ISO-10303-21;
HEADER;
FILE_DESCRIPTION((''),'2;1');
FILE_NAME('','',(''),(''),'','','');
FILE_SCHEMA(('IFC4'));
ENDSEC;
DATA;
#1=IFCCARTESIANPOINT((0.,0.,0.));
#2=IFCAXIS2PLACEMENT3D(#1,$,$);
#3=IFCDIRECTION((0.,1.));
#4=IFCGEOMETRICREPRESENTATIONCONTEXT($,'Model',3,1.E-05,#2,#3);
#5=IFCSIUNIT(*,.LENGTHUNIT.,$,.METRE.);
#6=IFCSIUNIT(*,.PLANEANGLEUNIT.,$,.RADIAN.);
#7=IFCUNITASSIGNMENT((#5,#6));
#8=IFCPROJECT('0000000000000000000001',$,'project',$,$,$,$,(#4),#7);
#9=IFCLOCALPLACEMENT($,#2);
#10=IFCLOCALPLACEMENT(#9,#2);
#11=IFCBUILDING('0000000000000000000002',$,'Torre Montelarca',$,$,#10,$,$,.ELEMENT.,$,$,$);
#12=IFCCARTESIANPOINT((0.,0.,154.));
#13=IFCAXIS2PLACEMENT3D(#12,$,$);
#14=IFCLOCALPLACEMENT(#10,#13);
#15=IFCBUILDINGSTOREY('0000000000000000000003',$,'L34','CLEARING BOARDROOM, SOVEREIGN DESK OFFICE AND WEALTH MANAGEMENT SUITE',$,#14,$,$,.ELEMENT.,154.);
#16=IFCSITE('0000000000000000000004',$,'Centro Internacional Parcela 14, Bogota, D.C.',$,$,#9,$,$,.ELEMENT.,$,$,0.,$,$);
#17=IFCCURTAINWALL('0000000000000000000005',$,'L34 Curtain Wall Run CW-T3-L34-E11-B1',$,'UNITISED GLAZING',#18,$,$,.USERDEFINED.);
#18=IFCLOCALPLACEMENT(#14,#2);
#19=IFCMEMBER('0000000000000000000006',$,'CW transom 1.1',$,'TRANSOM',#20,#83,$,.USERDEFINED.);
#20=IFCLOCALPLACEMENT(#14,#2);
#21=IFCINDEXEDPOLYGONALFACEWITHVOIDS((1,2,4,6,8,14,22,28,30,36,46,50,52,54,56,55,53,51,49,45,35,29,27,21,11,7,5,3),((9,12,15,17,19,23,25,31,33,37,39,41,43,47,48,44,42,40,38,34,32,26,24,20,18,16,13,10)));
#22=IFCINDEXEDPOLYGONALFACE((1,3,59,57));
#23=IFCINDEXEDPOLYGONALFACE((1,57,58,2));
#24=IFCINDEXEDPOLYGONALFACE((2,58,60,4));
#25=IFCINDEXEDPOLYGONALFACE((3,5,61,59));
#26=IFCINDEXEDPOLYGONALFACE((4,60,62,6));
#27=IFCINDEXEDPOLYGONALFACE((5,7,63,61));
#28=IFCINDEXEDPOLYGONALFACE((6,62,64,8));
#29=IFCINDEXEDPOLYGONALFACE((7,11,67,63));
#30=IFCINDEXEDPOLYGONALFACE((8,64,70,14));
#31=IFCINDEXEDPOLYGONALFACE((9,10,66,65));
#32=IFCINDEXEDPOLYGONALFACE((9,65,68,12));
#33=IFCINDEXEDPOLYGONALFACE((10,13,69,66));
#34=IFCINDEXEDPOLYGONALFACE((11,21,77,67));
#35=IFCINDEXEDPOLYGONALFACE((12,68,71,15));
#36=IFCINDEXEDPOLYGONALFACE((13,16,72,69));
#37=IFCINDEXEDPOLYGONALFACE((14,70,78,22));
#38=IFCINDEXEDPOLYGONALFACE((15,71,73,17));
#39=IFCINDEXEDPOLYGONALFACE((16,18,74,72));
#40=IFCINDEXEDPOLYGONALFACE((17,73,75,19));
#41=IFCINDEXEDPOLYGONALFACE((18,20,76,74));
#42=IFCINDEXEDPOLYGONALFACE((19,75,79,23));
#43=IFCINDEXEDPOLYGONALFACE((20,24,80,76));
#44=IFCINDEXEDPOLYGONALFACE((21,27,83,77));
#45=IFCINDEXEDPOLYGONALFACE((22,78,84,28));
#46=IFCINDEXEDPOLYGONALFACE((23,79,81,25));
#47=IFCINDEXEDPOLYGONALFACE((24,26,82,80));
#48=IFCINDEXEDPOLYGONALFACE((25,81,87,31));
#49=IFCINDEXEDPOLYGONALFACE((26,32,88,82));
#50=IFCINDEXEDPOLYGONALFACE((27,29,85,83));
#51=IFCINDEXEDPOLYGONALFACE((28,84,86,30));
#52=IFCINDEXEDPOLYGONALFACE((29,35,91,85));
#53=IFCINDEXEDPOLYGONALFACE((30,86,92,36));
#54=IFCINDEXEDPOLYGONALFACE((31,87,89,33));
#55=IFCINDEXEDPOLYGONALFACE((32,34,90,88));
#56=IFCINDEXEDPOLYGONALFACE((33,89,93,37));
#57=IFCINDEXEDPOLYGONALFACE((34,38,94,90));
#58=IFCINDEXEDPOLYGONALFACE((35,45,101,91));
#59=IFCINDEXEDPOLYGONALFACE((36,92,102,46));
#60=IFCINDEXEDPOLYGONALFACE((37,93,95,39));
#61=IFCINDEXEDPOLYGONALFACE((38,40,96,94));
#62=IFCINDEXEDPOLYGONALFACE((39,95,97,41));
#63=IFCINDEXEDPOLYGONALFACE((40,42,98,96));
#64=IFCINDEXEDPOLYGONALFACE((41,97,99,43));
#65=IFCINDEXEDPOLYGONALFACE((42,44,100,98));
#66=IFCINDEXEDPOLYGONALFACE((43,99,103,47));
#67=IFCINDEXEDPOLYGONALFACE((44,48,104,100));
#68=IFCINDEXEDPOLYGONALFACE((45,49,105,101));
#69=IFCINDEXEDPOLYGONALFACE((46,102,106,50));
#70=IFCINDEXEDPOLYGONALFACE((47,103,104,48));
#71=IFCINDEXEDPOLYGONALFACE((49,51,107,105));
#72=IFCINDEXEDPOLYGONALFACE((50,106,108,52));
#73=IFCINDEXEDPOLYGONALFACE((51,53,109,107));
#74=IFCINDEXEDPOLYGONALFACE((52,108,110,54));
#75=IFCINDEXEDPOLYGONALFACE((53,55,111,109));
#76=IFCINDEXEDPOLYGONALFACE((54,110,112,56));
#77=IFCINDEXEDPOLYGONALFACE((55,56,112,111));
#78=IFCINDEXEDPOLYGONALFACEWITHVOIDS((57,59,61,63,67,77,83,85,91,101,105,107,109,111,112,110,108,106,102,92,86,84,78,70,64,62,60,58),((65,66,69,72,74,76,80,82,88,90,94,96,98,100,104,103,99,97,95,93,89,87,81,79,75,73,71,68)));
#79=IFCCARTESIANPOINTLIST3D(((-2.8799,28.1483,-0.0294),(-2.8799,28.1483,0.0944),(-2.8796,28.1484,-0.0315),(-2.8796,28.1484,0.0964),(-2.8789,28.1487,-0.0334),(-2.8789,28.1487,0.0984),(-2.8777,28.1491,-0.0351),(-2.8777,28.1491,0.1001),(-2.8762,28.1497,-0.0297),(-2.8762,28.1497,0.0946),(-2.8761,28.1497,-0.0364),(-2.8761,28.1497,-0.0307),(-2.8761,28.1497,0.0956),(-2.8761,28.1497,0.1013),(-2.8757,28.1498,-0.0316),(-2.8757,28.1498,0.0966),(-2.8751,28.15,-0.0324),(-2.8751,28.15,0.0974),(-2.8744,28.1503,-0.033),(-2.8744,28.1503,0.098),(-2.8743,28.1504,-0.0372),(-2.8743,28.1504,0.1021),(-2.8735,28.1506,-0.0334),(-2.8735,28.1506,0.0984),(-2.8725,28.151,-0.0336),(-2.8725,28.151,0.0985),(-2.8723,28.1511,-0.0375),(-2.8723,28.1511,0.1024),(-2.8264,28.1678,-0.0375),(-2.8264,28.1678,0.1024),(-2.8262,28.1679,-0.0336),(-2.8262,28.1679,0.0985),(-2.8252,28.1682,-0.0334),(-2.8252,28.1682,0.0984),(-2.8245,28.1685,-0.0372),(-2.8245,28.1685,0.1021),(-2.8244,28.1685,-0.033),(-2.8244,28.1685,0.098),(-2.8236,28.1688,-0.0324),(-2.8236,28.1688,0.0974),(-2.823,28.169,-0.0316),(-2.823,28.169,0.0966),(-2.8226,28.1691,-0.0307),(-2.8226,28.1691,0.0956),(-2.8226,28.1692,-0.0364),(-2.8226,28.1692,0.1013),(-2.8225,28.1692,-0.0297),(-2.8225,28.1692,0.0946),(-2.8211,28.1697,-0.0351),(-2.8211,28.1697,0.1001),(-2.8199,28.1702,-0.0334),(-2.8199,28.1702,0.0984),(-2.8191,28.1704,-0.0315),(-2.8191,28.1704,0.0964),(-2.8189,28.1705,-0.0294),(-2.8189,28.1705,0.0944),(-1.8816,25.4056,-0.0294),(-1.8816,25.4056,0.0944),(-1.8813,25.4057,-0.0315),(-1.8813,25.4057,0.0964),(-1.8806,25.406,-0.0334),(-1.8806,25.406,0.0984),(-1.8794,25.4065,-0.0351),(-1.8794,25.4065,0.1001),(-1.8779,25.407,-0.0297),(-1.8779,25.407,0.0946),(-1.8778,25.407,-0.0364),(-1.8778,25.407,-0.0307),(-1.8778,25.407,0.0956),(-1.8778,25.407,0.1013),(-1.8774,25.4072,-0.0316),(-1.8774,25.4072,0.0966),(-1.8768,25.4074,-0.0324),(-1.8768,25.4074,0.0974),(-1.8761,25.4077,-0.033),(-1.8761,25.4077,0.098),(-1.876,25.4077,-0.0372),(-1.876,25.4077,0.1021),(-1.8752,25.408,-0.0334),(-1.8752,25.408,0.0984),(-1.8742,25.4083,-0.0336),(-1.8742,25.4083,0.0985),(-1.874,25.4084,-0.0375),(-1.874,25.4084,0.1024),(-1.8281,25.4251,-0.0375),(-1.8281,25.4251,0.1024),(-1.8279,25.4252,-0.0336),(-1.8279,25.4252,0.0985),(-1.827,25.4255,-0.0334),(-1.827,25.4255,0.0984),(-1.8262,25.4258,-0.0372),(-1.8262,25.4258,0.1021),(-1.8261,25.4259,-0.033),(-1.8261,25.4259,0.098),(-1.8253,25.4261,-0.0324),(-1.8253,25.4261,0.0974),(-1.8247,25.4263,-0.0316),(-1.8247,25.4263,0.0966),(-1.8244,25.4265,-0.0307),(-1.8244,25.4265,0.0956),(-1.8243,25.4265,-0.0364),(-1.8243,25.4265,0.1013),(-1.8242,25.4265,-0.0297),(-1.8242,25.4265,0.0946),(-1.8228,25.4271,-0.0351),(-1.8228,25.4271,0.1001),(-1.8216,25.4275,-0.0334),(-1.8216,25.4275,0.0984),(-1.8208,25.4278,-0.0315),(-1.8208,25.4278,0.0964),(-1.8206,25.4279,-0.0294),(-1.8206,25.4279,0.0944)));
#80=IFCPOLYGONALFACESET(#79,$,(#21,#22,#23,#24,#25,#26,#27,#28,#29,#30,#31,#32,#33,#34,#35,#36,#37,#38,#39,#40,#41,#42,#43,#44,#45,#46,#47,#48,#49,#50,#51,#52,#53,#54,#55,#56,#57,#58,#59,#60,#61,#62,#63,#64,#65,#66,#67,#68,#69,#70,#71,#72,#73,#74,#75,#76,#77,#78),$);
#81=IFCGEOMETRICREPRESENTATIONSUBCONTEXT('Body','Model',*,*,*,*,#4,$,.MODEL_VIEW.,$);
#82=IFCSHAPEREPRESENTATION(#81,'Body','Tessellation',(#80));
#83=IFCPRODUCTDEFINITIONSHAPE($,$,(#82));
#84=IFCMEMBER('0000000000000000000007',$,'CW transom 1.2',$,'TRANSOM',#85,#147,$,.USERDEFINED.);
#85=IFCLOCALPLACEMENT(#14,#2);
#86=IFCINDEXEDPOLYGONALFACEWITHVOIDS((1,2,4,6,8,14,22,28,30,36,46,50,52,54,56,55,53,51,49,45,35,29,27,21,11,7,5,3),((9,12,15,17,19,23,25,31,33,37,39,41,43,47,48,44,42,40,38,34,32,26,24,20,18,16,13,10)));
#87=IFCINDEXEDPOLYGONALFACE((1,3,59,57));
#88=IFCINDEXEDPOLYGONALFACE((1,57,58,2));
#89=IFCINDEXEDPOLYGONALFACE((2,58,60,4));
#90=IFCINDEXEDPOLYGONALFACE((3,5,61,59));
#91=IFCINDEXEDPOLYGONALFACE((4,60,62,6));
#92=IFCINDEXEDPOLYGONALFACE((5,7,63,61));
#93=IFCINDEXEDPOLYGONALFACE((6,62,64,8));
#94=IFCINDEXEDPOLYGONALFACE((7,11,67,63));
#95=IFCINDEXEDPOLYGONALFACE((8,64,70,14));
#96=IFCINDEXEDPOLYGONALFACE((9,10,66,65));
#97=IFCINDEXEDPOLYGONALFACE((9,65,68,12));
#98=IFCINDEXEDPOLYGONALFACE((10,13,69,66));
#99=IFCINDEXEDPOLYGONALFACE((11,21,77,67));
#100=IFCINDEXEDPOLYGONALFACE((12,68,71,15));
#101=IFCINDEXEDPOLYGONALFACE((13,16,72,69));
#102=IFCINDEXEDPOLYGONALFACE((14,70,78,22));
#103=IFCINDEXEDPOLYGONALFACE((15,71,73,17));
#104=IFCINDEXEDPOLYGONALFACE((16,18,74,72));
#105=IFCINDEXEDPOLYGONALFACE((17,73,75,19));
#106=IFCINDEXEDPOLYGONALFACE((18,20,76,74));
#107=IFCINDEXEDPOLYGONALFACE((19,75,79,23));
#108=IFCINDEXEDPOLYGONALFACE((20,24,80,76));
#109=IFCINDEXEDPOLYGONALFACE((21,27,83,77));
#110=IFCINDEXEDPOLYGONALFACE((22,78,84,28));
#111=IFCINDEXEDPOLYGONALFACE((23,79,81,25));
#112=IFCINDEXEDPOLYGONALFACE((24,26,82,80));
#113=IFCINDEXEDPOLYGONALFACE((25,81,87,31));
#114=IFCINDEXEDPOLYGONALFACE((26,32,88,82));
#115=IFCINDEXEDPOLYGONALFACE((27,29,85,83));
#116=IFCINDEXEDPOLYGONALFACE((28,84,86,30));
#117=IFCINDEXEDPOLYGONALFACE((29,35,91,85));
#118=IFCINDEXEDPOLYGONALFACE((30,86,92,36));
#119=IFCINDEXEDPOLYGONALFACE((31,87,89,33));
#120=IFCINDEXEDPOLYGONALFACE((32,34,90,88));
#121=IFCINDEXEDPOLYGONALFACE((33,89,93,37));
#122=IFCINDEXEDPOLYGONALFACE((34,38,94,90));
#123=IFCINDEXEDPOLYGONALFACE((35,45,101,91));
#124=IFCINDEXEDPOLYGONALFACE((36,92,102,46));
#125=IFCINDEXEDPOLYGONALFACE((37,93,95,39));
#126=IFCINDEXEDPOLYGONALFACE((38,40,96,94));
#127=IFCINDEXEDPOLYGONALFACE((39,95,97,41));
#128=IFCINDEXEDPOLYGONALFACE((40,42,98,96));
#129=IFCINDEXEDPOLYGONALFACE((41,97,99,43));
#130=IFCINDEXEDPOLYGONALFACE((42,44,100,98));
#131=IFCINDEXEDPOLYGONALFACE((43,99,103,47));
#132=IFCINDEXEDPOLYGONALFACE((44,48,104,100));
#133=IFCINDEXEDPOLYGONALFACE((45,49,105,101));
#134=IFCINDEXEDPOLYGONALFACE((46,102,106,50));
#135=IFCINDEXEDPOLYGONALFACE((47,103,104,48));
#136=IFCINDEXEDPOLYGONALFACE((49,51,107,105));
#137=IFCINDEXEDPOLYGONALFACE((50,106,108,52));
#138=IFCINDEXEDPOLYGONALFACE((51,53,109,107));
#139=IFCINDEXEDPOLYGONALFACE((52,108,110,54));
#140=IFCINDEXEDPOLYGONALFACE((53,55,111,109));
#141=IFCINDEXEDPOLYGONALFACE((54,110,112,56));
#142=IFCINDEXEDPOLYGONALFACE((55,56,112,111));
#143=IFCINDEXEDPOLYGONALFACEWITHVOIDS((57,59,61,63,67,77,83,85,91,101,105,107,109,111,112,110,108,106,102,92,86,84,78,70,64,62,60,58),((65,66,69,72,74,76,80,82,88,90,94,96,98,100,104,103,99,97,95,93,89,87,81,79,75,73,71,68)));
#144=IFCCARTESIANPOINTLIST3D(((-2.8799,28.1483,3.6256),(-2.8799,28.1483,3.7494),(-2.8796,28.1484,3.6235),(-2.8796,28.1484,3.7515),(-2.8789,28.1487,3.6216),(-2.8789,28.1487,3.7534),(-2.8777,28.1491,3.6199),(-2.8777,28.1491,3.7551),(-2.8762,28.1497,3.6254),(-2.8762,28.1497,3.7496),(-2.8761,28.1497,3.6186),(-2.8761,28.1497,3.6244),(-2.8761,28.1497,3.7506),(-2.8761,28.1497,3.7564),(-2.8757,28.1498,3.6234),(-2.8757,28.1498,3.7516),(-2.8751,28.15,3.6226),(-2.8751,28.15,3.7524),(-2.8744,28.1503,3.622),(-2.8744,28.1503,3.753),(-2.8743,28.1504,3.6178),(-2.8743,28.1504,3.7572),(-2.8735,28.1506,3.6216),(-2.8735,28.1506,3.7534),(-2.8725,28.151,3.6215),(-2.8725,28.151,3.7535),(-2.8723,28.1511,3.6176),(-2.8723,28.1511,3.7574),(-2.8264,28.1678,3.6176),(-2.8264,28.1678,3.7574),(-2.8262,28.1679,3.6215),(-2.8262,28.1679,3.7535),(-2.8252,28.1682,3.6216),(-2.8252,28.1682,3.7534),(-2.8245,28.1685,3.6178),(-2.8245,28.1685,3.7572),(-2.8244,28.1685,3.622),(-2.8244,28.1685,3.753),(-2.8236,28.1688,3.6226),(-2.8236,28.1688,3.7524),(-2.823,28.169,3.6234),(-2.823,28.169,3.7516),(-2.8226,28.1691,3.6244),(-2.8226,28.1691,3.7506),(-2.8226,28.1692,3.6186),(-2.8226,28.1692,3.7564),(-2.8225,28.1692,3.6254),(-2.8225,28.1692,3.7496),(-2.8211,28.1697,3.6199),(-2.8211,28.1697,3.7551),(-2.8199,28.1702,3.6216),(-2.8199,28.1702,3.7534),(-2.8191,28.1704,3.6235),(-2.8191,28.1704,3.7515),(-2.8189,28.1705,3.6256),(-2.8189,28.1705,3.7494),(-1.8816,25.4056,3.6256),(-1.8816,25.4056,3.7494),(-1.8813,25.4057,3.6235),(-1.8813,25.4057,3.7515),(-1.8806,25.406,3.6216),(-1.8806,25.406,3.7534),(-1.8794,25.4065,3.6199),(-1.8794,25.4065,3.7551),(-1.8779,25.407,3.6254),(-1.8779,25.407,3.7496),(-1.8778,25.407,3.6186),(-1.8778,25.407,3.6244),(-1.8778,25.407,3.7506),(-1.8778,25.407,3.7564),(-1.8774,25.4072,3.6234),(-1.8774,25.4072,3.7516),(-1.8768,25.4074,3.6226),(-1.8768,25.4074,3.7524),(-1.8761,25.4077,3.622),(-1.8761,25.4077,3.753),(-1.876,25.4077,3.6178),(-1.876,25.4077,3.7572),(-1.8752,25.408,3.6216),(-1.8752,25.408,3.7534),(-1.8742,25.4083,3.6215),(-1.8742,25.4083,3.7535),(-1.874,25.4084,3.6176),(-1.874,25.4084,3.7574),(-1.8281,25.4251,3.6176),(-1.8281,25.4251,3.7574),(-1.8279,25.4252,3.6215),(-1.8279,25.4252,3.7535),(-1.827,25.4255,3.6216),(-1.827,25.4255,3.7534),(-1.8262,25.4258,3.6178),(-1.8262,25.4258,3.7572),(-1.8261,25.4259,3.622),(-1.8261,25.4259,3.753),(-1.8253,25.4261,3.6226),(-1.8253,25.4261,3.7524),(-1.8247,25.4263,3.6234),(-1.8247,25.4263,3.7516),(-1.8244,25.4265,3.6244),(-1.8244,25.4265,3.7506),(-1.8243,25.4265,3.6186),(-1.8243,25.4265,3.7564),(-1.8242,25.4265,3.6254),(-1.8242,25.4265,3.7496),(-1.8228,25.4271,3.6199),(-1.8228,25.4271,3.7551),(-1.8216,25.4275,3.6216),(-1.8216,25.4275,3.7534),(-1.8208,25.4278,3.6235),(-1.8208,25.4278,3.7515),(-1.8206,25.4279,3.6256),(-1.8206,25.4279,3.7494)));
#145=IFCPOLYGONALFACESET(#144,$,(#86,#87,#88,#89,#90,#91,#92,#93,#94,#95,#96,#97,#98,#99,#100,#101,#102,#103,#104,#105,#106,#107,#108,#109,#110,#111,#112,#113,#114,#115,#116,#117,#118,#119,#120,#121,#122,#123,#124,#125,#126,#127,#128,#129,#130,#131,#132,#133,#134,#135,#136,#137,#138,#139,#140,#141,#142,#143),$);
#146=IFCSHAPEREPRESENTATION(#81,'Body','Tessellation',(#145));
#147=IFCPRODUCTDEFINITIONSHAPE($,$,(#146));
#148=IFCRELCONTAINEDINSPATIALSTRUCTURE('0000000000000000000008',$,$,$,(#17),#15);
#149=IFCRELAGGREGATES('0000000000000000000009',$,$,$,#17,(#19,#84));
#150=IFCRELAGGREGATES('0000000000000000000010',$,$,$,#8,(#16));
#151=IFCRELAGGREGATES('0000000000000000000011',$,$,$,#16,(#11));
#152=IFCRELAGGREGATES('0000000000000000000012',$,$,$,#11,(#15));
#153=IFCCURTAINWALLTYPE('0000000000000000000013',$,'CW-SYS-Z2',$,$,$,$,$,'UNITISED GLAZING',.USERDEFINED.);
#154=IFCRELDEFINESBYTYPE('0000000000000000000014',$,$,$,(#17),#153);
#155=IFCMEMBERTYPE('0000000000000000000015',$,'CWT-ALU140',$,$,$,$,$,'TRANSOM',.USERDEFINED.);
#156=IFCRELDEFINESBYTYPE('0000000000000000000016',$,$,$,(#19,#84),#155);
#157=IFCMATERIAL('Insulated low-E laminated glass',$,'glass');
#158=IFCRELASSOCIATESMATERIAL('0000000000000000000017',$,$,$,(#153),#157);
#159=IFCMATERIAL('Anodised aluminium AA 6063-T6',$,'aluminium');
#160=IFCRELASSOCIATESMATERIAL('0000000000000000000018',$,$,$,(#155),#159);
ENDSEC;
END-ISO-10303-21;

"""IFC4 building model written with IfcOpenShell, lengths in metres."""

from ifc_helpers import new_model, si_unit, direction, frame, origin, origin_2d, place, context, subcontext, project, spatial, hollow_rectangle, extrude, source, transform, mapped, material, material_profile, profile_set, type_object, element, aggregate, save


model = new_model("IFC4")

# Units and contexts
model_context = context("Model", 3, precision=1e-05, world=origin(), true_north=direction((0.0, 1.0)))
body_context = subcontext(model_context, "Body", "Model", "MODEL_VIEW")
ifc_project = project(units=[si_unit("LENGTHUNIT", "METRE"), si_unit("PLANEANGLEUNIT", "RADIAN")], contexts=[model_context])

# Site, building, storey
site_placement = place(None, origin())
site = spatial("IfcSite", under=ifc_project, at=site_placement, Name="Centro Internacional Parcela 14, Bogota, D.C.", CompositionType="ELEMENT", RefElevation=0.0)
building_placement = place(site_placement, origin())
building = spatial("IfcBuilding", under=site, at=building_placement, Name="Torre Montelarca", CompositionType="ELEMENT")
storey_placement = place(building_placement, frame((0.0, 0.0, 154.0)))
storey = spatial("IfcBuildingStorey", under=building, at=storey_placement, Name="L34", Description="CLEARING BOARDROOM, SOVEREIGN DESK OFFICE AND WEALTH MANAGEMENT SUITE", CompositionType="ELEMENT", Elevation=154.0)

# Curtain wall, members
ifc_material_1 = material(Name="Insulated low-E laminated glass", Category="glass")
curtain_wall_type = type_object("IfcCurtainWallType", Name="CW-SYS-Z2", ElementType="UNITISED GLAZING", PredefinedType="USERDEFINED", material=ifc_material_1)
curtain_wall_placement = place(storey_placement, origin())
curtain_wall = element("IfcCurtainWall", 1, at=curtain_wall_placement, inside=storey, type_object=curtain_wall_type, Name="L34 Curtain Wall Run CW-T3-L34-E11-B1", ObjectType="UNITISED GLAZING", PredefinedType="USERDEFINED")
ifc_material_2 = material(Name="Anodised aluminium AA 6063-T6", Category="aluminium")
ifc_material_profile_1 = material_profile(ifc_material_2, hollow_rectangle(XDim=0.0649, YDim=0.1399, WallThickness=0.0039, InnerFilletRadius=0.0039, OuterFilletRadius=0.0081, at=origin_2d()), Name="ALU65X140X4", Category="aluminium")
ifc_profile_set_1 = profile_set([ifc_material_profile_1], Name="Anodised aluminium AA 6063-T6")
member_type_1 = type_object("IfcMemberType", Name="CWT-ALU140", ElementType="TRANSOM", PredefinedType="USERDEFINED", material=ifc_profile_set_1)
shared_shape_1 = source(origin(), body_context, "Body", "SweptSolid", [
    extrude(hollow_rectangle(XDim=0.0649, YDim=0.1399, WallThickness=0.0039, InnerFilletRadius=0.0039, OuterFilletRadius=0.0081, at=origin_2d()), origin(), (0.0, 0.0, 1.0), 2.9187),
])
member_1_placement = place(storey_placement, frame((-2.8494, 28.1594, 0.0325), z_axis=(0.342032, -0.939688, 0.0), x_axis=(0.939688, 0.342032, 0.0)))
member_1 = element("IfcMember", 2, at=member_1_placement, type_object=member_type_1, Name="CW transom 1.1", ObjectType="TRANSOM", PredefinedType="USERDEFINED", context=body_context, shape_type="MappedRepresentation", body=[
    mapped(shared_shape_1, transform((0.0, 0.0, 0.0), scale=1.0)),
])
member_2_placement = place(storey_placement, frame((-2.8494, 28.1594, 3.6875), z_axis=(0.342032, -0.939688, 0.0), x_axis=(0.939688, 0.342032, 0.0)))
member_2 = element("IfcMember", 3, at=member_2_placement, type_object=member_type_1, Name="CW transom 1.2", ObjectType="TRANSOM", PredefinedType="USERDEFINED", context=body_context, shape_type="MappedRepresentation", body=[
    mapped(shared_shape_1, transform((0.0, 0.0, 0.0), scale=1.0)),
])
aggregate(curtain_wall, [member_1, member_2])

save(model, "model.ifc")
